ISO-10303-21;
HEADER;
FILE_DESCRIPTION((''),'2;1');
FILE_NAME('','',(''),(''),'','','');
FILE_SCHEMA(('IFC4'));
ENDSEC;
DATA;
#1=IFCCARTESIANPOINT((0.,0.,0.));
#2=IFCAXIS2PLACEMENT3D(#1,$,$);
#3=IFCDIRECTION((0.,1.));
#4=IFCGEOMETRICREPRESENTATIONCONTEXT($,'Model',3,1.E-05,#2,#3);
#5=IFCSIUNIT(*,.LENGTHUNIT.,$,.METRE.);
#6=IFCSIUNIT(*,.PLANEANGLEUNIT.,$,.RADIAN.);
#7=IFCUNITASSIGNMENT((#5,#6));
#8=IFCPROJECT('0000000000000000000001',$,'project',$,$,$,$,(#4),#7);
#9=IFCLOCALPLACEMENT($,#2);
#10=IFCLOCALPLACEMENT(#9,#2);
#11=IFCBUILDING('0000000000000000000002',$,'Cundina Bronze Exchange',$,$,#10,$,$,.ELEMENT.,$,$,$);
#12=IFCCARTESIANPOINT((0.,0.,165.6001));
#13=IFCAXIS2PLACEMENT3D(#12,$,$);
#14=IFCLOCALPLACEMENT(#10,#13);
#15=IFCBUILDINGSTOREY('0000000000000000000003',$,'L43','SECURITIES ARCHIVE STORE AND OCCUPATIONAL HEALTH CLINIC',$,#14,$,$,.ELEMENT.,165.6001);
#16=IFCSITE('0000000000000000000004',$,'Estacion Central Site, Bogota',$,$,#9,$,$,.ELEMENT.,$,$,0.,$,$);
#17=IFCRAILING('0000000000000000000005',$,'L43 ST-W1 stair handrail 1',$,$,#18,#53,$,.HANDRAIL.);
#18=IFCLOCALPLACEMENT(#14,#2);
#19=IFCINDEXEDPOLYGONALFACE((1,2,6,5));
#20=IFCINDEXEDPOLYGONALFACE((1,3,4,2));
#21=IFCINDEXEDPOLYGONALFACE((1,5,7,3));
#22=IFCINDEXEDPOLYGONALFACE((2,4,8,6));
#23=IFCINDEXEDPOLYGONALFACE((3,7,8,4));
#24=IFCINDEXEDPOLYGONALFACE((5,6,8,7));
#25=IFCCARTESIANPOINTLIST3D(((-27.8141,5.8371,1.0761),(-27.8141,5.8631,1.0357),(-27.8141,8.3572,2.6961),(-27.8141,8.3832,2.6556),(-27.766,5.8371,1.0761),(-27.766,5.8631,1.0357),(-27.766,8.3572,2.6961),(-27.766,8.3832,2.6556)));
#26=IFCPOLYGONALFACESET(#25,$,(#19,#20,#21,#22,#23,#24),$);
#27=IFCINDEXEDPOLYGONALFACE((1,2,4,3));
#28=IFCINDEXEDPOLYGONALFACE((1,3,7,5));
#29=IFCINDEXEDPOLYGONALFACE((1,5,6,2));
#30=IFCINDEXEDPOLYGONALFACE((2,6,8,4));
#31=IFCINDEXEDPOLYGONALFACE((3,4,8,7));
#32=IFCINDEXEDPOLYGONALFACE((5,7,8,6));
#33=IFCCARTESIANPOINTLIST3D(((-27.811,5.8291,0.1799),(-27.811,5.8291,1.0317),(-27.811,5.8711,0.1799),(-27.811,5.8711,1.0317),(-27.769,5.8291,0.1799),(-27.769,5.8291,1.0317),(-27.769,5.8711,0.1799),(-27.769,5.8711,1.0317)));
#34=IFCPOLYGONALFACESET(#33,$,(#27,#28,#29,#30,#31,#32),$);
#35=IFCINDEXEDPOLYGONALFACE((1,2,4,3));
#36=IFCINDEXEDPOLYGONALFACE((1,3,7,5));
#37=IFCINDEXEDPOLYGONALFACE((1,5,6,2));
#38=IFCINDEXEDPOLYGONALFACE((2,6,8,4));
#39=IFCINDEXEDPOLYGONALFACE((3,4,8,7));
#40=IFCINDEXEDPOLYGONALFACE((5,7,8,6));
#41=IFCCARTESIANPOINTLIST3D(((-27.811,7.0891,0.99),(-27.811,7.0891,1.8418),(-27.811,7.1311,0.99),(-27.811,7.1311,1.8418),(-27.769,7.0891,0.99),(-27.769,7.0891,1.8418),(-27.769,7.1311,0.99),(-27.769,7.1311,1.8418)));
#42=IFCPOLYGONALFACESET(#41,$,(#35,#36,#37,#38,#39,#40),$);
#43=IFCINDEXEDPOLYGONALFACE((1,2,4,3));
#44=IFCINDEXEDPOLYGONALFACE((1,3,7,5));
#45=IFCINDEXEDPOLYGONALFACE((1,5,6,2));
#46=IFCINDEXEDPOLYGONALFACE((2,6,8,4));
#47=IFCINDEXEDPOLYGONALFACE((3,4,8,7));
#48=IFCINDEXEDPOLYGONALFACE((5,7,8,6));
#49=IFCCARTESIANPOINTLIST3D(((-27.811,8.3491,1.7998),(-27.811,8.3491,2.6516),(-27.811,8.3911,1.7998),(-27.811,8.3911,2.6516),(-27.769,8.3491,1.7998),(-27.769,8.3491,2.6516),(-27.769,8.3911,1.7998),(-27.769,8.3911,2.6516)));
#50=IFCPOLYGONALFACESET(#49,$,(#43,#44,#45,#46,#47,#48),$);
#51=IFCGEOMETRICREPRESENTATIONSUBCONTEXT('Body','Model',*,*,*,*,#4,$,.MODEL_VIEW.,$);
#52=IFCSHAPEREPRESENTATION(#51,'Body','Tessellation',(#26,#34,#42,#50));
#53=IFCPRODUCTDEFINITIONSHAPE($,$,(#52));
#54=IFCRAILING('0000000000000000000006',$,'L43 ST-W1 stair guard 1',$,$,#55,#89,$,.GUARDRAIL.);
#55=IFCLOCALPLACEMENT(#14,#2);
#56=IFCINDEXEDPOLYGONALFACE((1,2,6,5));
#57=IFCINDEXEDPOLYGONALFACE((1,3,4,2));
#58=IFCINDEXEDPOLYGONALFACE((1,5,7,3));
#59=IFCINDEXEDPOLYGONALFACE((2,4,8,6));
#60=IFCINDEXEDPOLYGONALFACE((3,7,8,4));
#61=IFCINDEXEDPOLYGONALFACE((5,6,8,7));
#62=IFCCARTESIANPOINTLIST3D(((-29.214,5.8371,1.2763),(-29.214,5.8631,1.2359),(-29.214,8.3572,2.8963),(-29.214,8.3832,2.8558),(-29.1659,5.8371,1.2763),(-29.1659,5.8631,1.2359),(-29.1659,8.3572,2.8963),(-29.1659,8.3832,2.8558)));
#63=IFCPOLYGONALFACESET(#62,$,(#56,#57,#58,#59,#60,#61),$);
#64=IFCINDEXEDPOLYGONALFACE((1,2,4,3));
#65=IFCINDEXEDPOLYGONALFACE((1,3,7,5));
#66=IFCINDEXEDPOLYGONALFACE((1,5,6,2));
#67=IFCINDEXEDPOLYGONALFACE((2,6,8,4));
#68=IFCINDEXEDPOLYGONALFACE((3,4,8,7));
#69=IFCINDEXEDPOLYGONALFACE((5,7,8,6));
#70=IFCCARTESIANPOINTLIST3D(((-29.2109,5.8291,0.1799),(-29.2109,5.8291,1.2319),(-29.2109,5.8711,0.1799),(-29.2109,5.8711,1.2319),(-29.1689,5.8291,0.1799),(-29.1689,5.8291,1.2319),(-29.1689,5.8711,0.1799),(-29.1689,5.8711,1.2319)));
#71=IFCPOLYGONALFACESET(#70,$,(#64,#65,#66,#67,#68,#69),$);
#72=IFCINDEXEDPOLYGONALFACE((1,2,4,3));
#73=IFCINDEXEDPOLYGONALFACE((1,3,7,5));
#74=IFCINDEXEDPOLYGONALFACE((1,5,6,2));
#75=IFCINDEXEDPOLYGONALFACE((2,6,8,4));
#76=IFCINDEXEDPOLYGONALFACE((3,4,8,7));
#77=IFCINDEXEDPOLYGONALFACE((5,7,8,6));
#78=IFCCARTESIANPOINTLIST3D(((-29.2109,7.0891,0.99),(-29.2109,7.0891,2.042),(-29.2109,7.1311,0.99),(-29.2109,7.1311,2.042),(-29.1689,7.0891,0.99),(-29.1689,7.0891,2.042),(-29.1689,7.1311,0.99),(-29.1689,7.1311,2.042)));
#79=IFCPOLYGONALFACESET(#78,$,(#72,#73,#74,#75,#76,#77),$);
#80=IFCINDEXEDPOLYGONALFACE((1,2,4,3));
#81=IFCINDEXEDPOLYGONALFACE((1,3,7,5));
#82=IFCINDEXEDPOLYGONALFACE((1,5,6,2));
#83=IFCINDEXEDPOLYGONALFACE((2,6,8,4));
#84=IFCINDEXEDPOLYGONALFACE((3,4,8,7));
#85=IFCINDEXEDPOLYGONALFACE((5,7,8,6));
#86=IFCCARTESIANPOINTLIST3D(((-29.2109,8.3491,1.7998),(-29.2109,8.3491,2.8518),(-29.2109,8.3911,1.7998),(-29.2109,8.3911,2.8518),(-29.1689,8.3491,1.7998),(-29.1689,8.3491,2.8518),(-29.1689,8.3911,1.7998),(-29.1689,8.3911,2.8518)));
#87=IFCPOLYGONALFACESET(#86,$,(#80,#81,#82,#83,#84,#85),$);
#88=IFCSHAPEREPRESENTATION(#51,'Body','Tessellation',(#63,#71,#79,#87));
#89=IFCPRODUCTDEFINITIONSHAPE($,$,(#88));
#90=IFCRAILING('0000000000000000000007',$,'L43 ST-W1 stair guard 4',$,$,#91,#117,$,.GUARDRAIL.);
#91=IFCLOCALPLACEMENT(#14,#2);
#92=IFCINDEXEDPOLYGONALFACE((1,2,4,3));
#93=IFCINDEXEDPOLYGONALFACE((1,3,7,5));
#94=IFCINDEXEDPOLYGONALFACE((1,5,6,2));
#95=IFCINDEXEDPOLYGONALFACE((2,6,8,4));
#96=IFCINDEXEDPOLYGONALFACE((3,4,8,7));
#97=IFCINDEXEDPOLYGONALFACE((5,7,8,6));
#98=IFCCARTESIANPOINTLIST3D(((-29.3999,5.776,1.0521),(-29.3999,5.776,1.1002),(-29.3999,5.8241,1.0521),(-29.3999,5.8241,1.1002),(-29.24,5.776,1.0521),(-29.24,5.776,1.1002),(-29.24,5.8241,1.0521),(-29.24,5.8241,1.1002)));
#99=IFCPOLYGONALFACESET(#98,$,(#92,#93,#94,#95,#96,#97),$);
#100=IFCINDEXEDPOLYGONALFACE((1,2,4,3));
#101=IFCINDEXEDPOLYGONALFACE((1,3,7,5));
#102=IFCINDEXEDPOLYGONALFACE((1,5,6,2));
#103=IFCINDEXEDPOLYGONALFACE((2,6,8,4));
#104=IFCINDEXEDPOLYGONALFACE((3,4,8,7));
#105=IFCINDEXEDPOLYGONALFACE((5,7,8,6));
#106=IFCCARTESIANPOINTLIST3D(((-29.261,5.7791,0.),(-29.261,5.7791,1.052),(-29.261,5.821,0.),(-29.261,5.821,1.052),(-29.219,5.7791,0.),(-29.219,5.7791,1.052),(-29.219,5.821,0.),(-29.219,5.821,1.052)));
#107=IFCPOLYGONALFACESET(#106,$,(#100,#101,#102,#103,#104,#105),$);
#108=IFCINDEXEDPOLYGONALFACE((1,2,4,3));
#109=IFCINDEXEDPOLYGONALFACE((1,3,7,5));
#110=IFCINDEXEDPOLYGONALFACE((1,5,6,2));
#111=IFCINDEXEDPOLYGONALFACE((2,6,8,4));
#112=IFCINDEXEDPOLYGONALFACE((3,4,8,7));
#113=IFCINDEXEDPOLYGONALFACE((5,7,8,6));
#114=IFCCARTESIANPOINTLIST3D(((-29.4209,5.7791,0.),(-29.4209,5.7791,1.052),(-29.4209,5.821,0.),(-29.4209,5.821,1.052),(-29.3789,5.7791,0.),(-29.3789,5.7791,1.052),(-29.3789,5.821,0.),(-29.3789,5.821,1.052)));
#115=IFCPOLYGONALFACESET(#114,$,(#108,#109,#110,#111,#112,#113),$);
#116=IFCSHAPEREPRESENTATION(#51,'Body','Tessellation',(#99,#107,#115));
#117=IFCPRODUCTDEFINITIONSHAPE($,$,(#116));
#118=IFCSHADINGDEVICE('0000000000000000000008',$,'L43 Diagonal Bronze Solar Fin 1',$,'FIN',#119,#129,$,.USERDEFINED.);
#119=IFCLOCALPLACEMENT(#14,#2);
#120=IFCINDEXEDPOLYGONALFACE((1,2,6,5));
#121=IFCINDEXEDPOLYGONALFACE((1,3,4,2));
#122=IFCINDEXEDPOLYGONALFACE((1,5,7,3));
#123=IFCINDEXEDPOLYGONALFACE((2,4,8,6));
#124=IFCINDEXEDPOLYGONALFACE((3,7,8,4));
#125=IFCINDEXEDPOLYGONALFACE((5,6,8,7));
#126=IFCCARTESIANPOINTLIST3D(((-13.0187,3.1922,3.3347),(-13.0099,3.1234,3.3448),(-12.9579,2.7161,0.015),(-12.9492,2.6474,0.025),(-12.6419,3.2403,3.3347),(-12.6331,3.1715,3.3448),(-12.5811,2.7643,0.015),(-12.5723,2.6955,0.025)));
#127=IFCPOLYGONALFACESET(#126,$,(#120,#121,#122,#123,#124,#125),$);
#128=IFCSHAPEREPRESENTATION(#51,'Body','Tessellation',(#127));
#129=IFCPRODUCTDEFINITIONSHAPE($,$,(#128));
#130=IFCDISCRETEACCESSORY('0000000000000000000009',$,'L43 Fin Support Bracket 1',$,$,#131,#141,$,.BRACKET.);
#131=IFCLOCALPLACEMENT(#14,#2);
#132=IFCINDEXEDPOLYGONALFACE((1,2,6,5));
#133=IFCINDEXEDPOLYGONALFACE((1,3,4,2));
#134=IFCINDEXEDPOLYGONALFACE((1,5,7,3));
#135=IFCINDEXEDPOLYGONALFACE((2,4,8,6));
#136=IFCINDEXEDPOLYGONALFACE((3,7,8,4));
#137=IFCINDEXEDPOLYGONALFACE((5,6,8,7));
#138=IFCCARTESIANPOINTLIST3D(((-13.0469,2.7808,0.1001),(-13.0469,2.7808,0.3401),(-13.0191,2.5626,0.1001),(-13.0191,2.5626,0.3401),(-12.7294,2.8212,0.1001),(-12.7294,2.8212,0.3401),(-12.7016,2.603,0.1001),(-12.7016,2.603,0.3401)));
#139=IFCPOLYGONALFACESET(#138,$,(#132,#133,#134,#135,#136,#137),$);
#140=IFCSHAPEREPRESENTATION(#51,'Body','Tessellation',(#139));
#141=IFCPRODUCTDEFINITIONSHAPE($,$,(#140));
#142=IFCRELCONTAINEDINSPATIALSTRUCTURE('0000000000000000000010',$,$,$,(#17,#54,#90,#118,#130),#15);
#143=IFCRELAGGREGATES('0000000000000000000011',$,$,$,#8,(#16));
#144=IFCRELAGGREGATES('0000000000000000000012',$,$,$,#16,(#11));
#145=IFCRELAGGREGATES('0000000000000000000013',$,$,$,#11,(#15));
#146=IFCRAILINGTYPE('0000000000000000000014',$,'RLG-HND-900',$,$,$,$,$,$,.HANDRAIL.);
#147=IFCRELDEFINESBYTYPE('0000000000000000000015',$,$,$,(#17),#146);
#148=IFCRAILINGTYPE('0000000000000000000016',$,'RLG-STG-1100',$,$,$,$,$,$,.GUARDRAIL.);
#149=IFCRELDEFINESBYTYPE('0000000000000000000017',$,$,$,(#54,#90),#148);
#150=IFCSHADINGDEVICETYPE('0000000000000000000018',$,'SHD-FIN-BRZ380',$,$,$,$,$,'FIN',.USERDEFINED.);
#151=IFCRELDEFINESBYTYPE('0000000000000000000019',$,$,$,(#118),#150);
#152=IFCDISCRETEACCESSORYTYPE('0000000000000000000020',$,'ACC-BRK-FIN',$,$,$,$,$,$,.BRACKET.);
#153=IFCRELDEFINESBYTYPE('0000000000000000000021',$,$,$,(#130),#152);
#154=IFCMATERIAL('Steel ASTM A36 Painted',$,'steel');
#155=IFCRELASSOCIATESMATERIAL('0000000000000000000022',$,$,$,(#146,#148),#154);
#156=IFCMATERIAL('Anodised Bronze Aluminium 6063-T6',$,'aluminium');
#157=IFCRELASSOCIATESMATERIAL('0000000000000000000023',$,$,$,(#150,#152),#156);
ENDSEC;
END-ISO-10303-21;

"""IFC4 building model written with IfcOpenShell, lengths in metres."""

from ifc_helpers import new_model, si_unit, direction, frame, origin, origin_2d, place, context, subcontext, project, spatial, rectangle, extrude, material, material_profile, profile_set, type_object, element, save


model = new_model("IFC4")

# Units and contexts
model_context = context("Model", 3, precision=1e-05, world=origin(), true_north=direction((0.0, 1.0)))
body_context = subcontext(model_context, "Body", "Model", "MODEL_VIEW")
ifc_project = project(units=[si_unit("LENGTHUNIT", "METRE"), si_unit("PLANEANGLEUNIT", "RADIAN")], contexts=[model_context])

# Site, building, storey
site_placement = place(None, origin())
site = spatial("IfcSite", under=ifc_project, at=site_placement, Name="Estacion Central Site, Bogota", CompositionType="ELEMENT", RefElevation=0.0)
building_placement = place(site_placement, origin())
building = spatial("IfcBuilding", under=site, at=building_placement, Name="Cundina Bronze Exchange", CompositionType="ELEMENT")
storey_placement = place(building_placement, frame((0.0, 0.0, 165.6001)))
storey = spatial("IfcBuildingStorey", under=building, at=storey_placement, Name="L43", Description="SECURITIES ARCHIVE STORE AND OCCUPATIONAL HEALTH CLINIC", CompositionType="ELEMENT", Elevation=165.6001)

# Shared definitions
ifc_material_1 = material(Name="Anodised Bronze Aluminium 6063-T6", Category="aluminium")

# Shared definitions
ifc_material_2 = material(Name="Steel ASTM A36 Painted", Category="steel")

# Railings
railing_type_1 = type_object("IfcRailingType", Name="RLG-HND-900", PredefinedType="HANDRAIL", material=ifc_material_2)
railing_1_placement = place(storey_placement, frame((-27.79, 5.8501, 0.1799)))
element("IfcRailing", 1, at=railing_1_placement, inside=storey, type_object=railing_type_1, Name="L43 ST-W1 stair handrail 1", PredefinedType="HANDRAIL", context=body_context, shape_type="SweptSolid", body=[
    extrude(rectangle(XDim=0.0481, YDim=0.0481, at=origin_2d()), frame((0.0, 0.0, 0.876), z_axis=(0.0, 0.8412, 0.540725), x_axis=(-1.0, 0.0, 0.0)), (0.0, 0.0, 1.0), 2.9958),
    extrude(rectangle(XDim=0.042, YDim=0.042, at=origin_2d()), origin(), (0.0, 0.0, 1.0), 0.8518),
    extrude(rectangle(XDim=0.042, YDim=0.042, at=origin_2d()), frame((0.0, 1.26, 0.8101)), (0.0, 0.0, 1.0), 0.8518),
    extrude(rectangle(XDim=0.042, YDim=0.042, at=origin_2d()), frame((0.0, 2.52, 1.6199)), (0.0, 0.0, 1.0), 0.8518),
])
railing_type_2 = type_object("IfcRailingType", Name="RLG-STG-1100", PredefinedType="GUARDRAIL", material=ifc_material_2)
railing_2_placement = place(storey_placement, frame((-29.1899, 5.8501, 0.1799)))
element("IfcRailing", 2, at=railing_2_placement, inside=storey, type_object=railing_type_2, Name="L43 ST-W1 stair guard 1", PredefinedType="GUARDRAIL", context=body_context, shape_type="SweptSolid", body=[
    extrude(rectangle(XDim=0.0481, YDim=0.0481, at=origin_2d()), frame((0.0, 0.0, 1.0762), z_axis=(0.0, 0.8412, 0.540725), x_axis=(-1.0, 0.0, 0.0)), (0.0, 0.0, 1.0), 2.9958),
    extrude(rectangle(XDim=0.042, YDim=0.042, at=origin_2d()), origin(), (0.0, 0.0, 1.0), 1.052),
    extrude(rectangle(XDim=0.042, YDim=0.042, at=origin_2d()), frame((0.0, 1.26, 0.8101)), (0.0, 0.0, 1.0), 1.052),
    extrude(rectangle(XDim=0.042, YDim=0.042, at=origin_2d()), frame((0.0, 2.52, 1.6199)), (0.0, 0.0, 1.0), 1.052),
])
railing_3_placement = place(storey_placement, frame((-29.24, 5.8, 0.0)))
element("IfcRailing", 3, at=railing_3_placement, inside=storey, type_object=railing_type_2, Name="L43 ST-W1 stair guard 4", PredefinedType="GUARDRAIL", context=body_context, shape_type="SweptSolid", body=[
    extrude(rectangle(XDim=0.0481, YDim=0.0481, at=origin_2d()), frame((0.0, 0.0, 1.0762), z_axis=(-1.0, 0.0, 0.0), x_axis=(0.0, -1.0, 0.0)), (0.0, 0.0, 1.0), 0.1599),
    extrude(rectangle(XDim=0.042, YDim=0.042, at=origin_2d()), origin(), (0.0, 0.0, 1.0), 1.052),
    extrude(rectangle(XDim=0.042, YDim=0.042, at=origin_2d()), frame((-0.1599, 0.0, 0.0)), (0.0, 0.0, 1.0), 1.052),
])

# Shading device
ifc_material_profile_1 = material_profile(ifc_material_1, rectangle(XDim=0.0701, YDim=0.3799, at=origin_2d()), Name="FIN70X380", Category="aluminium")
ifc_profile_set_1 = profile_set([ifc_material_profile_1], Name="Anodised Bronze Aluminium 6063-T6")
shading_device_type = type_object("IfcShadingDeviceType", Name="SHD-FIN-BRZ380", ElementType="FIN", PredefinedType="USERDEFINED", material=ifc_profile_set_1)
shading_device_placement = place(storey_placement, frame((-12.7651, 2.7058, 0.02), z_axis=(-0.018123, 0.141928, 0.989711), x_axis=(0.125361, -0.98174, 0.14308)))
element("IfcShadingDevice", 4, at=shading_device_placement, inside=storey, type_object=shading_device_type, Name="L43 Diagonal Bronze Solar Fin 1", ObjectType="FIN", PredefinedType="USERDEFINED", context=body_context, shape_type="SweptSolid", body=[
    extrude(rectangle(XDim=0.0701, YDim=0.3799, at=origin_2d()), origin(), (0.0, 0.0, 1.0), 3.3542),
])

# Discrete accessory
discrete_accessory_type = type_object("IfcDiscreteAccessoryType", Name="ACC-BRK-FIN", PredefinedType="BRACKET", material=ifc_material_1)
discrete_accessory_placement = place(storey_placement, frame((-12.8743, 2.6919, 0.1001), z_axis=(0.0, 0.0, 1.0), x_axis=(-0.126476, 0.99197, 0.0)))
element("IfcDiscreteAccessory", 5, at=discrete_accessory_placement, inside=storey, type_object=discrete_accessory_type, Name="L43 Fin Support Bracket 1", PredefinedType="BRACKET", context=body_context, shape_type="SweptSolid", body=[
    extrude(rectangle(XDim=0.22, YDim=0.3201, at=origin_2d()), origin(), (0.0, 0.0, 1.0), 0.24),
])

save(model, "model.ifc")
